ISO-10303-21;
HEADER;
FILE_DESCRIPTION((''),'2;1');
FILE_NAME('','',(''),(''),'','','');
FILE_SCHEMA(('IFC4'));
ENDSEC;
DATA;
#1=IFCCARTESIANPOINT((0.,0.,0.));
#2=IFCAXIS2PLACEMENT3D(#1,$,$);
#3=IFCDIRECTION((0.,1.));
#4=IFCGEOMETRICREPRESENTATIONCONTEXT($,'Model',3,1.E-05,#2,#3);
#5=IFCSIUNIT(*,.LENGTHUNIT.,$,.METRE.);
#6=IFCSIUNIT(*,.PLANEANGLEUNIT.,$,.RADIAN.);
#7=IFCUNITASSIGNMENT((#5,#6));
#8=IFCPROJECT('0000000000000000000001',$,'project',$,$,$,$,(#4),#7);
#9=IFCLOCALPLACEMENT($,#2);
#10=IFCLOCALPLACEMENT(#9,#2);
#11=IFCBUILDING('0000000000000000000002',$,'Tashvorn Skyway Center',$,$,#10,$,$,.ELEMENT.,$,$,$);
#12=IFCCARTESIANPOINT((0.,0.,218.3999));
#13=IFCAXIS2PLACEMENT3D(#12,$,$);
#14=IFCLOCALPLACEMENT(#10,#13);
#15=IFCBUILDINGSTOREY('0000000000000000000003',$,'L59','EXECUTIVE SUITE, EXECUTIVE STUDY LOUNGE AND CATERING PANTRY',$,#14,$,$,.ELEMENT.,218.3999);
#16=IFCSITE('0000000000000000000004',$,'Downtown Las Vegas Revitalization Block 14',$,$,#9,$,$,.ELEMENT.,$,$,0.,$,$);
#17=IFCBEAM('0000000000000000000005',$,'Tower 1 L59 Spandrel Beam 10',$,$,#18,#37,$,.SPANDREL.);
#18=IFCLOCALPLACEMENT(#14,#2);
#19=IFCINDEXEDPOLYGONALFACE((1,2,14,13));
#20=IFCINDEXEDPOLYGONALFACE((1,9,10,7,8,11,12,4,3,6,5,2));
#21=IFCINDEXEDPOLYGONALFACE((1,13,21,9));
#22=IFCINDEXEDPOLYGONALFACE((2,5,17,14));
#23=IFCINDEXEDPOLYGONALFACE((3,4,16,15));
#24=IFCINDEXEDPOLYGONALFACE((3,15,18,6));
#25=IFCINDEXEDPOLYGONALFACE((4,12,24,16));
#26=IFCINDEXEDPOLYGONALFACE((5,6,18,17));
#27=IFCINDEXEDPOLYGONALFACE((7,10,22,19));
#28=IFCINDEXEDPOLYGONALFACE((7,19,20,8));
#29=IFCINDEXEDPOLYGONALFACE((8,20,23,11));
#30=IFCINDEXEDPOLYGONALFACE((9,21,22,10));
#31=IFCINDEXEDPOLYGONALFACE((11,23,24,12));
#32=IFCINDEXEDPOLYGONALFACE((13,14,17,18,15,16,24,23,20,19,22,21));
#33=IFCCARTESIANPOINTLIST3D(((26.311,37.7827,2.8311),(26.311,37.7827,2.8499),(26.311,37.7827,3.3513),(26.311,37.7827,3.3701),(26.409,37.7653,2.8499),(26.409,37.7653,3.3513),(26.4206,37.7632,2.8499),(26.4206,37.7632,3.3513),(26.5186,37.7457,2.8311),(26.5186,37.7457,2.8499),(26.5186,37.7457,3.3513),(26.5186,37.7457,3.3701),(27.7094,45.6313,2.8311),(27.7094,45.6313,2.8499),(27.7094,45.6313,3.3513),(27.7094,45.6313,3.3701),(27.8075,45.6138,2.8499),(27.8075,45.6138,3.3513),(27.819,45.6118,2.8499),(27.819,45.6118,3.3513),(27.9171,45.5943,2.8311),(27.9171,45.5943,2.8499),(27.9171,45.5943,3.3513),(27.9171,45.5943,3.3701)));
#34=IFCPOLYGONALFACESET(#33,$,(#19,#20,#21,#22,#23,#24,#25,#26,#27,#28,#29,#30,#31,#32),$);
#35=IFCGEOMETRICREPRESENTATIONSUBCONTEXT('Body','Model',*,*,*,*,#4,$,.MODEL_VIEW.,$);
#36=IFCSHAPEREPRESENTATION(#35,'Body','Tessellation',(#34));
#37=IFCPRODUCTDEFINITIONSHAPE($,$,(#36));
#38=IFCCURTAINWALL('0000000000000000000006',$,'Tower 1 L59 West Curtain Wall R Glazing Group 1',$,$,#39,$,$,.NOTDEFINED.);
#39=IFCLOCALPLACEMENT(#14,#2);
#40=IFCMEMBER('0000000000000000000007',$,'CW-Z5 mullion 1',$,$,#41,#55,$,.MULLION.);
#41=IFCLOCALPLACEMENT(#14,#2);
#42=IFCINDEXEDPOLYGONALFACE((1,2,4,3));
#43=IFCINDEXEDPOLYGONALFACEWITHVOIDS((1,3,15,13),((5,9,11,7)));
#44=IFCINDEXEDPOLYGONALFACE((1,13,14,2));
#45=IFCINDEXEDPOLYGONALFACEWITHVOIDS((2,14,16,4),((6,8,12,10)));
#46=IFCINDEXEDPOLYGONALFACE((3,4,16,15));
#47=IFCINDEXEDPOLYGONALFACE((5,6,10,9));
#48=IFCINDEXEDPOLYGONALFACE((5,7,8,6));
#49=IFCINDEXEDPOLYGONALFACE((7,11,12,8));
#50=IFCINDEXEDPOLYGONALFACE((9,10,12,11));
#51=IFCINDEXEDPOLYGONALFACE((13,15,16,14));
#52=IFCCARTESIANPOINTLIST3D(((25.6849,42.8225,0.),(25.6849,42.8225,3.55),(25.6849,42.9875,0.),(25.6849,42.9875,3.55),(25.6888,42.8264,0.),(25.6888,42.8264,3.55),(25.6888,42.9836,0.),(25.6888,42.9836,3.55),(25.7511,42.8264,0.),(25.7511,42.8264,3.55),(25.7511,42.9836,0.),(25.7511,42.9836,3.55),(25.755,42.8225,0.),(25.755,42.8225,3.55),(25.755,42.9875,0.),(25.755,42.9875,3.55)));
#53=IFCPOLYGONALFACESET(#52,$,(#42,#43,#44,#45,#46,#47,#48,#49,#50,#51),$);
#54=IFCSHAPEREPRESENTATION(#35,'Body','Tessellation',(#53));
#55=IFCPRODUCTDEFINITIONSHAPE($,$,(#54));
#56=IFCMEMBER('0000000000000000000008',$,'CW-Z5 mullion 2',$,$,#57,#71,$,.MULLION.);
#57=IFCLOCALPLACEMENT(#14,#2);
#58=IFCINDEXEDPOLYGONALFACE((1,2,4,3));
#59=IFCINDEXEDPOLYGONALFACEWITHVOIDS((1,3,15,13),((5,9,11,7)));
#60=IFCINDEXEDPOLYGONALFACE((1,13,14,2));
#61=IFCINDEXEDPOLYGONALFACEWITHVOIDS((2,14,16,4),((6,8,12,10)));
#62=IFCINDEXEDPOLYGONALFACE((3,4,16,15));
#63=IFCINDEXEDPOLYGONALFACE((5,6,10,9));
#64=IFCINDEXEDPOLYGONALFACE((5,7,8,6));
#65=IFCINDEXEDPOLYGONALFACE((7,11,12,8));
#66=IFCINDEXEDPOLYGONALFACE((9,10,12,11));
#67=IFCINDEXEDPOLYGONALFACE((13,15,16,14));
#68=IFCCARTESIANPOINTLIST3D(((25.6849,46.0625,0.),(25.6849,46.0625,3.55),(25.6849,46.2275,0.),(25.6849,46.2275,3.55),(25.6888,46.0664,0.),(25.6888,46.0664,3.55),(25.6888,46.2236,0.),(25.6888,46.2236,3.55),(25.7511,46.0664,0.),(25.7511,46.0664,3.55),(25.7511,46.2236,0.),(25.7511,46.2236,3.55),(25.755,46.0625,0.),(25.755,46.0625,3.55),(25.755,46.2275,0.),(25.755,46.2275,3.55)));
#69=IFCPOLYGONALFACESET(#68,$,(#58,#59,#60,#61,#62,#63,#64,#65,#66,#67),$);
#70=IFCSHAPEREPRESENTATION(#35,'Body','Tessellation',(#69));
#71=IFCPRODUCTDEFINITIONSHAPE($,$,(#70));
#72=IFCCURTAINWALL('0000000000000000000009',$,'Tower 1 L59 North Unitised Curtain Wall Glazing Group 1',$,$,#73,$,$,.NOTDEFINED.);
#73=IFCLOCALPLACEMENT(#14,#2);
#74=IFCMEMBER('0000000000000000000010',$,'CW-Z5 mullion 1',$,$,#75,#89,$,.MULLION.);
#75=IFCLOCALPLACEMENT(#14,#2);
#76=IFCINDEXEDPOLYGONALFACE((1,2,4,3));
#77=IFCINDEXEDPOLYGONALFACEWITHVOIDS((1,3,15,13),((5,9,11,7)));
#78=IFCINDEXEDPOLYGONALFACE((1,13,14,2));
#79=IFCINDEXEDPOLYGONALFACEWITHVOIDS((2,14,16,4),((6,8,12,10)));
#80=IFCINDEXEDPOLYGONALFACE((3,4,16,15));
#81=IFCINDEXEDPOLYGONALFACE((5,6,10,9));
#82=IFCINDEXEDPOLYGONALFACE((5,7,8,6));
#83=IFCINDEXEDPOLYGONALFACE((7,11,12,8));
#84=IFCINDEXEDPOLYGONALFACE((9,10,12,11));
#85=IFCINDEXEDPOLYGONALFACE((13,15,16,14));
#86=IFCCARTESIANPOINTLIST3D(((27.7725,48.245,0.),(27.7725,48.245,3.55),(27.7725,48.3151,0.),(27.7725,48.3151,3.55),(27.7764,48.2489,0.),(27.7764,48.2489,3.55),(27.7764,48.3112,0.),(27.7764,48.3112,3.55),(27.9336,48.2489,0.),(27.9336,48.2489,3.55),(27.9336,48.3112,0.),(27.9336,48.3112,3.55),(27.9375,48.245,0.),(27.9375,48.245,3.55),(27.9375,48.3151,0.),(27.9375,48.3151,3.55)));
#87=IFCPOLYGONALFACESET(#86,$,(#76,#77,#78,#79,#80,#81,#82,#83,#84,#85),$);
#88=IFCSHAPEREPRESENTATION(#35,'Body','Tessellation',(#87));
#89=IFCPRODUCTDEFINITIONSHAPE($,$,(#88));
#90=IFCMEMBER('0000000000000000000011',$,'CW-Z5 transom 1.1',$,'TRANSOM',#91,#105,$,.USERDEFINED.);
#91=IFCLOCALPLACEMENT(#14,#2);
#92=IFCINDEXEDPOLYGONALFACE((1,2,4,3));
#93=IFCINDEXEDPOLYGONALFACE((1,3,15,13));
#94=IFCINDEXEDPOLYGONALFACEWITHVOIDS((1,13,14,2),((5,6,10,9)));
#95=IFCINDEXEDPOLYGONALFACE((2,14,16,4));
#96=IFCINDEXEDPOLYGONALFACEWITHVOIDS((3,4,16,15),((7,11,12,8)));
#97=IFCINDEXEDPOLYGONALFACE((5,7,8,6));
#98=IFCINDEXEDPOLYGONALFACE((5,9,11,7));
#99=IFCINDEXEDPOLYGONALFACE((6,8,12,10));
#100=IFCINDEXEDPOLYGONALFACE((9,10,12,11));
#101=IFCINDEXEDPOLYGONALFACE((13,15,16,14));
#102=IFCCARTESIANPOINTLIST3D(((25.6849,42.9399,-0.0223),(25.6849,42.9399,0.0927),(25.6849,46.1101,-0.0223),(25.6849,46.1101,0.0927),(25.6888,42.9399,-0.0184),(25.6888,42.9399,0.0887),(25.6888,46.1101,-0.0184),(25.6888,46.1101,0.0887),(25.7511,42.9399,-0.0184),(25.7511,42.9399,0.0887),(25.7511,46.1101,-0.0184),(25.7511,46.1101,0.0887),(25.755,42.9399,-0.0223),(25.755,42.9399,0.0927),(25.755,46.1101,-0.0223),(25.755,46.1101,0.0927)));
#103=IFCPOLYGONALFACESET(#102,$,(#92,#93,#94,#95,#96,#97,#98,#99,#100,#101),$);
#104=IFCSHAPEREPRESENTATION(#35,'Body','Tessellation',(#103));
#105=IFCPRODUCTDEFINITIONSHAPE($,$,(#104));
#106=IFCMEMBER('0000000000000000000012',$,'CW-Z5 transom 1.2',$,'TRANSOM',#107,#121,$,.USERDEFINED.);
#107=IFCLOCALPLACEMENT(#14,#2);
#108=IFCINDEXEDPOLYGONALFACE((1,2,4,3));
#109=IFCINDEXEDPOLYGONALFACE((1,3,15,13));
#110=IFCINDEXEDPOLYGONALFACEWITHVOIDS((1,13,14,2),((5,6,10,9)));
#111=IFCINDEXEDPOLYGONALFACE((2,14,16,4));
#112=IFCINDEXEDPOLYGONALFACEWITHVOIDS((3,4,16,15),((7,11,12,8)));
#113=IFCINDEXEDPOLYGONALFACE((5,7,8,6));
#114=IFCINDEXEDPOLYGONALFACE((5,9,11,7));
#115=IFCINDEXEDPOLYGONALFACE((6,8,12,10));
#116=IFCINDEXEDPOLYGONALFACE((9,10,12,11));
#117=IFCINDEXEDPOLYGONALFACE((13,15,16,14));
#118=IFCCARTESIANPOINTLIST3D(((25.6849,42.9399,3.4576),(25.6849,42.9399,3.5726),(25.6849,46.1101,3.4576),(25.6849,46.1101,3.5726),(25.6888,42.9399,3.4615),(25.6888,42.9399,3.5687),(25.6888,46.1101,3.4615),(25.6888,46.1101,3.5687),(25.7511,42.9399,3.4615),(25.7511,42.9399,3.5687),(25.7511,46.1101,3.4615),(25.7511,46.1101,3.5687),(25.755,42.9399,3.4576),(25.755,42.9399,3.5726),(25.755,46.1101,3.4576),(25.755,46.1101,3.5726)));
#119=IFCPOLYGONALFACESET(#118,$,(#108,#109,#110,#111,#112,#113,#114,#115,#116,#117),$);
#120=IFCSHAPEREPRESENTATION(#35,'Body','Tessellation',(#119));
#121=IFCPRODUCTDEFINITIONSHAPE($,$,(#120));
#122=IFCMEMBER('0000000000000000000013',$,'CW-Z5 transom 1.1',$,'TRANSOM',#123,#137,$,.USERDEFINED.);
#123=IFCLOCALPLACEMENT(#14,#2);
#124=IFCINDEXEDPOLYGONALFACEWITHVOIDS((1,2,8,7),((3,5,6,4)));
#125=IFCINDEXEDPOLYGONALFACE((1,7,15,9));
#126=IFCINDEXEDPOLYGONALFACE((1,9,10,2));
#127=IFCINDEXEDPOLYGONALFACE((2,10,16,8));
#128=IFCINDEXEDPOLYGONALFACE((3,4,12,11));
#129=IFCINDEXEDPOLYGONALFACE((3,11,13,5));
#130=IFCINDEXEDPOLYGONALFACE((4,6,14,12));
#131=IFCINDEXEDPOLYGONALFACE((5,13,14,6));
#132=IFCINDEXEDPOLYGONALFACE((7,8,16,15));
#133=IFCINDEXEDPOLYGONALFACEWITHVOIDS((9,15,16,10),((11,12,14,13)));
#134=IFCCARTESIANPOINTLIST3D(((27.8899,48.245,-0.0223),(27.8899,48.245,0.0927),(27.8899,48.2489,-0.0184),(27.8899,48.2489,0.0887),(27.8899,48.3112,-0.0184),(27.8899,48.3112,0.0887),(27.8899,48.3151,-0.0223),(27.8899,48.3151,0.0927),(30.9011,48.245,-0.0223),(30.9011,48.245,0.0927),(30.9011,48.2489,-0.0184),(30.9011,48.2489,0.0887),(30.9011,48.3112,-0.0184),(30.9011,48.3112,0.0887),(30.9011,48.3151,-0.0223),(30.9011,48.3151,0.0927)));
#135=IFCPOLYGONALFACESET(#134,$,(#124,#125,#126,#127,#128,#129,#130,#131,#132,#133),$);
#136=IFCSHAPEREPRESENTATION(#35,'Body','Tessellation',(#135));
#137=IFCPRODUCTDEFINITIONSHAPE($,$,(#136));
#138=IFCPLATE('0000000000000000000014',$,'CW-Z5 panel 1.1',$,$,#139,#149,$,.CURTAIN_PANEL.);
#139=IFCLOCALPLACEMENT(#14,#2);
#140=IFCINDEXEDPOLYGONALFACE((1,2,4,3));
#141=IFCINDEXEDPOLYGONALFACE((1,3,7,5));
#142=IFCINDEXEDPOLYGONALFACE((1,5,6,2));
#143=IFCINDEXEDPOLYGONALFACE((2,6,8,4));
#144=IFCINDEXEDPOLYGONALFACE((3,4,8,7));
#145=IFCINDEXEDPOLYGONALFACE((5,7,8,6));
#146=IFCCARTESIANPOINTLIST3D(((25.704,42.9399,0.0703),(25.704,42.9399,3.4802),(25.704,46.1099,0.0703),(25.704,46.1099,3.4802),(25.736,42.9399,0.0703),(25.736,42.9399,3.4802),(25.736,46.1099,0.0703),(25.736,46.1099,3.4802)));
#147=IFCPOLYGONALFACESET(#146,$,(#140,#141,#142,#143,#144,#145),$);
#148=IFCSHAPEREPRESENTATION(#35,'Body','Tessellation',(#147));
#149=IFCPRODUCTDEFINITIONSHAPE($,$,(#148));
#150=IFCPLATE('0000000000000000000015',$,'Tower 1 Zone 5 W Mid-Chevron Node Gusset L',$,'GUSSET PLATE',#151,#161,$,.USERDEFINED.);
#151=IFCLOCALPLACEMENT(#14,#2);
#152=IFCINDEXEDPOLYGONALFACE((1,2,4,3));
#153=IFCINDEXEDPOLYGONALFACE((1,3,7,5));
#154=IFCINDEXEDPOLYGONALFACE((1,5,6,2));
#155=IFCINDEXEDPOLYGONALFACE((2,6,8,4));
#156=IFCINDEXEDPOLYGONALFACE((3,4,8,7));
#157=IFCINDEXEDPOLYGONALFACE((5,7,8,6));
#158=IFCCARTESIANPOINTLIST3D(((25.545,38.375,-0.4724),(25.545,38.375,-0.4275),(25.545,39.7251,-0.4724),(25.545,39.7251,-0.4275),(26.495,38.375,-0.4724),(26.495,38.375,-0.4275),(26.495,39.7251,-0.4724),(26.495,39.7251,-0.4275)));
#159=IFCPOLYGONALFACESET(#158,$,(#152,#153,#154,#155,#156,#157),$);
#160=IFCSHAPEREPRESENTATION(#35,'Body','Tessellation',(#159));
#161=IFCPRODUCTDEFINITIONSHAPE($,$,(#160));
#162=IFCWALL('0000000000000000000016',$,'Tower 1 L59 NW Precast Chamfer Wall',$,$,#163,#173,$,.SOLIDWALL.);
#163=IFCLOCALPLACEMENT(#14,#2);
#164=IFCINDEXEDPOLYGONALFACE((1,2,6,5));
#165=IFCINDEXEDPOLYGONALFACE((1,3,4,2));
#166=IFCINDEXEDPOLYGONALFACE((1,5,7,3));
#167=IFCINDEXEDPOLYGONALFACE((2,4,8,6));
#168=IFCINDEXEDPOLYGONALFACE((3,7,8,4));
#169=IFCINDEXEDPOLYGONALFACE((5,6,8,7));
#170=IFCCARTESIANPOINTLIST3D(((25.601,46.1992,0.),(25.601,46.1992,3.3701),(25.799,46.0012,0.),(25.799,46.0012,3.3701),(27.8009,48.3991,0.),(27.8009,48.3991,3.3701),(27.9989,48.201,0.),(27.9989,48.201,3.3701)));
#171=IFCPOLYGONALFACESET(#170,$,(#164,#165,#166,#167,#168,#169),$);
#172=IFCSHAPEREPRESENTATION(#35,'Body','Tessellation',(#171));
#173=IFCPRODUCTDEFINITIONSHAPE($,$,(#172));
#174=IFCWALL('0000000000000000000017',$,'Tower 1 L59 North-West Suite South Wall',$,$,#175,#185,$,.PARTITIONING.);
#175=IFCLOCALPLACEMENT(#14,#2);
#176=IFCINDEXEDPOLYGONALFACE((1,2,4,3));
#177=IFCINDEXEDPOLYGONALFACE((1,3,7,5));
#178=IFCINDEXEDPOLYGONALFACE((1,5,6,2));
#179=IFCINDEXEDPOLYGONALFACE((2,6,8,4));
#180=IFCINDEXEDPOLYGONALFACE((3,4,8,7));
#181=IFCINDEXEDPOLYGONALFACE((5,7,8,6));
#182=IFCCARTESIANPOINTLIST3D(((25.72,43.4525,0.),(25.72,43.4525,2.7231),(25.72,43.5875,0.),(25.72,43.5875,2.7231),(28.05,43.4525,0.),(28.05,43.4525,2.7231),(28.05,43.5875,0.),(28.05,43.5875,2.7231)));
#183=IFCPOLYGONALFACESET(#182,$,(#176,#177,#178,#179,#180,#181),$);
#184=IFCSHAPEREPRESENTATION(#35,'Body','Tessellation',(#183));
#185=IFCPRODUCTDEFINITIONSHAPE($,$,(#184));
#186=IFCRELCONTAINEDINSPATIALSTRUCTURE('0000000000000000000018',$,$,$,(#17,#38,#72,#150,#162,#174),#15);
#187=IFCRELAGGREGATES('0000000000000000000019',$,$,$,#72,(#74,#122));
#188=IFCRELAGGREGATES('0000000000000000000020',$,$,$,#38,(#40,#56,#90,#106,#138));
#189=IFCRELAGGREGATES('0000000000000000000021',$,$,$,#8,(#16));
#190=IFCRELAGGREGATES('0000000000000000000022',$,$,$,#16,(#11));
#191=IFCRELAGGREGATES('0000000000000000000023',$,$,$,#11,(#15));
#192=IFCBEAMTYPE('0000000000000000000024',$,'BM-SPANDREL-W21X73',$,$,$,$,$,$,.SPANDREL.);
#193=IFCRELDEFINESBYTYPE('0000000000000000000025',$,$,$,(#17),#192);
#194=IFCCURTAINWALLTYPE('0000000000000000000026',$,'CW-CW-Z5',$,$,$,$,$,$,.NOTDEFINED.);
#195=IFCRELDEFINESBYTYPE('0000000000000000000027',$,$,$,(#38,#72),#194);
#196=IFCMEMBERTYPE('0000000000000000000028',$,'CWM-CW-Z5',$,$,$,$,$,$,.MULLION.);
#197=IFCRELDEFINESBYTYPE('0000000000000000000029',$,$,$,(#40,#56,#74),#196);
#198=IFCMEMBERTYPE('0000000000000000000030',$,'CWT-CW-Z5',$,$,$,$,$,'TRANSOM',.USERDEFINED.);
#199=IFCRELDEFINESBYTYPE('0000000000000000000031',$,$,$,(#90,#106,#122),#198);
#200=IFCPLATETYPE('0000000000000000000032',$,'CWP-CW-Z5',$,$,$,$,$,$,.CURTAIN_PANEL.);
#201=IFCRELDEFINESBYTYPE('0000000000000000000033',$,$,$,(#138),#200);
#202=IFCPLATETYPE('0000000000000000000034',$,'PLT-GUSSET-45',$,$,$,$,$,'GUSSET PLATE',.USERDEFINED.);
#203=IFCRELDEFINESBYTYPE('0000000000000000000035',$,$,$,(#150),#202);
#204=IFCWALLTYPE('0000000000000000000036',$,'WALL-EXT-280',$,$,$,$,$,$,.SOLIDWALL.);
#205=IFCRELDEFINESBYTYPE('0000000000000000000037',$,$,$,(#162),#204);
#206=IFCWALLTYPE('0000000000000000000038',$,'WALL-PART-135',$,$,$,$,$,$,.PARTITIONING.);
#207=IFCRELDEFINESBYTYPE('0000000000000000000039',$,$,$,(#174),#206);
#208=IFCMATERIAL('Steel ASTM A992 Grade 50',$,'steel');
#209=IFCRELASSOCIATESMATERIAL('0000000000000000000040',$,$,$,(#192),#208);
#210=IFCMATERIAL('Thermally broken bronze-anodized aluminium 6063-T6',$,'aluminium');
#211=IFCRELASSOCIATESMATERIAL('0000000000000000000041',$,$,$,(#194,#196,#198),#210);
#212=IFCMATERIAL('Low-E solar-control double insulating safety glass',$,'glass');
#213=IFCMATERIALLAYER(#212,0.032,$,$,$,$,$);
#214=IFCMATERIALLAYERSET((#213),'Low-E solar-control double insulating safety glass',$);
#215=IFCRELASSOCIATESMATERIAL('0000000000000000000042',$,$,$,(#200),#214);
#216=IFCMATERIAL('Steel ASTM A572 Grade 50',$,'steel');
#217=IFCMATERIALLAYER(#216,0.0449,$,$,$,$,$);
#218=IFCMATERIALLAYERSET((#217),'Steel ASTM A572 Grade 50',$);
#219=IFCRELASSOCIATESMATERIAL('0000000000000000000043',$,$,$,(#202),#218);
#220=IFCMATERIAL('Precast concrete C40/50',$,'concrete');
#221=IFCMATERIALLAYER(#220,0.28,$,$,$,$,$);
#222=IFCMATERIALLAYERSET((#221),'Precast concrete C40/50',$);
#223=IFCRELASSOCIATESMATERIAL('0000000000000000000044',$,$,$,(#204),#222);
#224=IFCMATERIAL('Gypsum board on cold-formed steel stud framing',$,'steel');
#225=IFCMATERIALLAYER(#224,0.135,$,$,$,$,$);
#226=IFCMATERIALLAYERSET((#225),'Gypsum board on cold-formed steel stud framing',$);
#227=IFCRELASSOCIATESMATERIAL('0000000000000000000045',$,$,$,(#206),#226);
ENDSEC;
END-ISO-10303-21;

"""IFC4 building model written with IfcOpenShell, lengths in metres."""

from ifc_helpers import new_model, si_unit, direction, frame, frame_2d, origin, origin_2d, place, context, subcontext, project, spatial, rectangle, hollow_rectangle, i_section, extrude, material, layer, layer_set, material_profile, profile_set, type_object, element, aggregate, save


model = new_model("IFC4")

# Units and contexts
model_context = context("Model", 3, precision=1e-05, world=origin(), true_north=direction((0.0, 1.0)))
body_context = subcontext(model_context, "Body", "Model", "MODEL_VIEW")
ifc_project = project(units=[si_unit("LENGTHUNIT", "METRE"), si_unit("PLANEANGLEUNIT", "RADIAN")], contexts=[model_context])

# Site, building, storey
site_placement = place(None, origin())
site = spatial("IfcSite", under=ifc_project, at=site_placement, Name="Downtown Las Vegas Revitalization Block 14", CompositionType="ELEMENT", RefElevation=0.0)
building_placement = place(site_placement, origin())
building = spatial("IfcBuilding", under=site, at=building_placement, Name="Tashvorn Skyway Center", CompositionType="ELEMENT")
storey_placement = place(building_placement, frame((0.0, 0.0, 218.3999)))
storey = spatial("IfcBuildingStorey", under=building, at=storey_placement, Name="L59", Description="EXECUTIVE SUITE, EXECUTIVE STUDY LOUNGE AND CATERING PANTRY", CompositionType="ELEMENT", Elevation=218.3999)

# Beam
ifc_material_1 = material(Name="Steel ASTM A992 Grade 50", Category="steel")
ifc_material_profile_1 = material_profile(ifc_material_1, i_section(OverallWidth=0.2109, OverallDepth=0.5391, WebThickness=0.0117, FlangeThickness=0.0188, at=origin_2d()), Name="W21X73")
ifc_profile_set_1 = profile_set([ifc_material_profile_1], Name="Steel ASTM A992 Grade 50")
beam_type = type_object("IfcBeamType", Name="BM-SPANDREL-W21X73", PredefinedType="SPANDREL", material=ifc_profile_set_1)
beam_placement = place(storey_placement, frame((27.8132, 45.6128, 3.1006), z_axis=(-0.175413, -0.984495, 0.0), x_axis=(0.984495, -0.175413, 0.0)))
element("IfcBeam", 1, at=beam_placement, inside=storey, type_object=beam_type, Name="Tower 1 L59 Spandrel Beam 10", PredefinedType="SPANDREL", context=body_context, shape_type="SweptSolid", body=[
    extrude(i_section(OverallWidth=0.2109, OverallDepth=0.5391, WebThickness=0.0117, FlangeThickness=0.0188, at=origin_2d()), origin(), (0.0, 0.0, 1.0), 7.9722),
])

# Curtain wall, members
ifc_material_2 = material(Name="Thermally broken bronze-anodized aluminium 6063-T6", Category="aluminium")
curtain_wall_type = type_object("IfcCurtainWallType", Name="CW-CW-Z5", PredefinedType="NOTDEFINED", material=ifc_material_2)
curtain_wall_1_placement = place(storey_placement, origin())
curtain_wall_1 = element("IfcCurtainWall", 2, at=curtain_wall_1_placement, inside=storey, type_object=curtain_wall_type, Name="Tower 1 L59 West Curtain Wall R Glazing Group 1", PredefinedType="NOTDEFINED")
ifc_material_profile_2 = material_profile(ifc_material_2, hollow_rectangle(XDim=0.0701, YDim=0.165, WallThickness=0.0039, at=origin_2d()), Name="ALU-MULL-70x165")
ifc_profile_set_2 = profile_set([ifc_material_profile_2], Name="Thermally broken bronze-anodized aluminium 6063-T6")
member_type_1 = type_object("IfcMemberType", Name="CWM-CW-Z5", PredefinedType="MULLION", material=ifc_profile_set_2)
member_1_placement = place(storey_placement, frame((25.72, 42.905, 0.0), z_axis=(0.0, 0.0, 1.0), x_axis=(-1.0, 0.0, 0.0)))
member_1 = element("IfcMember", 3, at=member_1_placement, type_object=member_type_1, Name="CW-Z5 mullion 1", PredefinedType="MULLION", context=body_context, shape_type="SweptSolid", body=[
    extrude(hollow_rectangle(XDim=0.0701, YDim=0.165, WallThickness=0.0039, at=origin_2d()), origin(), (0.0, 0.0, 1.0), 3.55),
])
member_2_placement = place(storey_placement, frame((25.72, 46.145, 0.0), z_axis=(0.0, 0.0, 1.0), x_axis=(-1.0, 0.0, 0.0)))
member_2 = element("IfcMember", 4, at=member_2_placement, type_object=member_type_1, Name="CW-Z5 mullion 2", PredefinedType="MULLION", context=body_context, shape_type="SweptSolid", body=[
    extrude(hollow_rectangle(XDim=0.0701, YDim=0.165, WallThickness=0.0039, at=origin_2d()), origin(), (0.0, 0.0, 1.0), 3.55),
])

# Curtain wall, member
curtain_wall_2_placement = place(storey_placement, origin())
curtain_wall_2 = element("IfcCurtainWall", 5, at=curtain_wall_2_placement, inside=storey, type_object=curtain_wall_type, Name="Tower 1 L59 North Unitised Curtain Wall Glazing Group 1", PredefinedType="NOTDEFINED")
member_3_placement = place(storey_placement, frame((27.855, 48.28, 0.0), z_axis=(0.0, 0.0, 1.0), x_axis=(0.0, 1.0, 0.0)))
member_3 = element("IfcMember", 6, at=member_3_placement, type_object=member_type_1, Name="CW-Z5 mullion 1", PredefinedType="MULLION", context=body_context, shape_type="SweptSolid", body=[
    extrude(hollow_rectangle(XDim=0.0701, YDim=0.165, WallThickness=0.0039, at=origin_2d()), origin(), (0.0, 0.0, 1.0), 3.55),
])

# Members
ifc_material_profile_3 = material_profile(ifc_material_2, hollow_rectangle(XDim=0.0701, YDim=0.115, WallThickness=0.0039, at=origin_2d()), Name="ALU-TRAN-70x115")
ifc_profile_set_3 = profile_set([ifc_material_profile_3], Name="Thermally broken bronze-anodized aluminium 6063-T6")
member_type_2 = type_object("IfcMemberType", Name="CWT-CW-Z5", ElementType="TRANSOM", PredefinedType="USERDEFINED", material=ifc_profile_set_3)
member_4_placement = place(storey_placement, frame((25.72, 42.9399, 0.0352), z_axis=(0.0, 1.0, 0.0), x_axis=(-1.0, 0.0, 0.0)))
member_4 = element("IfcMember", 7, at=member_4_placement, type_object=member_type_2, Name="CW-Z5 transom 1.1", ObjectType="TRANSOM", PredefinedType="USERDEFINED", context=body_context, shape_type="SweptSolid", body=[
    extrude(hollow_rectangle(XDim=0.0701, YDim=0.115, WallThickness=0.0039, at=origin_2d()), origin(), (0.0, 0.0, 1.0), 3.1702),
])
member_5_placement = place(storey_placement, frame((25.72, 42.9399, 3.5151), z_axis=(0.0, 1.0, 0.0), x_axis=(-1.0, 0.0, 0.0)))
member_5 = element("IfcMember", 8, at=member_5_placement, type_object=member_type_2, Name="CW-Z5 transom 1.2", ObjectType="TRANSOM", PredefinedType="USERDEFINED", context=body_context, shape_type="SweptSolid", body=[
    extrude(hollow_rectangle(XDim=0.0701, YDim=0.115, WallThickness=0.0039, at=origin_2d()), origin(), (0.0, 0.0, 1.0), 3.1702),
])
member_6_placement = place(storey_placement, frame((27.8899, 48.28, 0.0352), z_axis=(1.0, 0.0, 0.0), x_axis=(0.0, 1.0, 0.0)))
member_6 = element("IfcMember", 9, at=member_6_placement, type_object=member_type_2, Name="CW-Z5 transom 1.1", ObjectType="TRANSOM", PredefinedType="USERDEFINED", context=body_context, shape_type="SweptSolid", body=[
    extrude(hollow_rectangle(XDim=0.0701, YDim=0.115, WallThickness=0.0039, at=origin_2d()), origin(), (0.0, 0.0, 1.0), 3.0112),
])
aggregate(curtain_wall_2, [member_3, member_6])

# Plates
ifc_material_3 = material(Name="Low-E solar-control double insulating safety glass", Category="glass")
ifc_layer_1 = layer(ifc_material_3, 0.032)
ifc_layer_set_1 = layer_set([ifc_layer_1], Name="Low-E solar-control double insulating safety glass")
plate_type_1 = type_object("IfcPlateType", Name="CWP-CW-Z5", PredefinedType="CURTAIN_PANEL", material=ifc_layer_set_1)
plate_1_placement = place(storey_placement, frame((25.72, 44.5249, 0.0703), z_axis=(0.0, 0.0, 1.0), x_axis=(0.0, 1.0, 0.0)))
plate_1 = element("IfcPlate", 10, at=plate_1_placement, type_object=plate_type_1, Name="CW-Z5 panel 1.1", PredefinedType="CURTAIN_PANEL", context=body_context, shape_type="SweptSolid", body=[
    extrude(rectangle(XDim=3.1699, YDim=0.032, at=origin_2d()), origin(), (0.0, 0.0, 1.0), 3.4099),
])
aggregate(curtain_wall_1, [member_1, member_2, member_4, member_5, plate_1])
ifc_material_4 = material(Name="Steel ASTM A572 Grade 50", Category="steel")
ifc_layer_2 = layer(ifc_material_4, 0.0449)
ifc_layer_set_2 = layer_set([ifc_layer_2], Name="Steel ASTM A572 Grade 50")
plate_type_2 = type_object("IfcPlateType", Name="PLT-GUSSET-45", ElementType="GUSSET PLATE", PredefinedType="USERDEFINED", material=ifc_layer_set_2)
plate_2_placement = place(storey_placement, frame((26.02, 39.05, -0.4724), z_axis=(0.0, 0.0, 1.0), x_axis=(0.0, -1.0, 0.0)))
element("IfcPlate", 11, at=plate_2_placement, inside=storey, type_object=plate_type_2, Name="Tower 1 Zone 5 W Mid-Chevron Node Gusset L", ObjectType="GUSSET PLATE", PredefinedType="USERDEFINED", context=body_context, shape_type="SweptSolid", body=[
    extrude(rectangle(XDim=1.3501, YDim=0.95, at=origin_2d()), origin(), (0.0, 0.0, 1.0), 0.0449),
])

# Walls
ifc_material_5 = material(Name="Precast concrete C40/50", Category="concrete")
ifc_layer_3 = layer(ifc_material_5, 0.28)
ifc_layer_set_3 = layer_set([ifc_layer_3], Name="Precast concrete C40/50")
wall_type_1 = type_object("IfcWallType", Name="WALL-EXT-280", PredefinedType="SOLIDWALL", material=ifc_layer_set_3)
wall_1_placement = place(storey_placement, frame((25.7, 46.1001, 0.0), z_axis=(0.0, 0.0, 1.0), x_axis=(0.707107, 0.707107, 0.0)))
element("IfcWall", 12, at=wall_1_placement, inside=storey, type_object=wall_type_1, Name="Tower 1 L59 NW Precast Chamfer Wall", PredefinedType="SOLIDWALL", context=body_context, shape_type="SweptSolid", body=[
    extrude(rectangle(XDim=3.1111, YDim=0.28, at=frame_2d((1.5557, 0.0))), origin(), (0.0, 0.0, 1.0), 3.3701),
])
ifc_material_6 = material(Name="Gypsum board on cold-formed steel stud framing", Category="steel")
ifc_layer_4 = layer(ifc_material_6, 0.135)
ifc_layer_set_4 = layer_set([ifc_layer_4], Name="Gypsum board on cold-formed steel stud framing")
wall_type_2 = type_object("IfcWallType", Name="WALL-PART-135", PredefinedType="PARTITIONING", material=ifc_layer_set_4)
wall_2_placement = place(storey_placement, frame((25.72, 43.52, 0.0), z_axis=(0.0, 0.0, 1.0), x_axis=(1.0, 0.0, 0.0)))
element("IfcWall", 13, at=wall_2_placement, inside=storey, type_object=wall_type_2, Name="Tower 1 L59 North-West Suite South Wall", PredefinedType="PARTITIONING", context=body_context, shape_type="SweptSolid", body=[
    extrude(rectangle(XDim=2.3301, YDim=0.135, at=frame_2d((1.165, 0.0))), origin(), (0.0, 0.0, 1.0), 2.7231),
])

save(model, "model.ifc")
